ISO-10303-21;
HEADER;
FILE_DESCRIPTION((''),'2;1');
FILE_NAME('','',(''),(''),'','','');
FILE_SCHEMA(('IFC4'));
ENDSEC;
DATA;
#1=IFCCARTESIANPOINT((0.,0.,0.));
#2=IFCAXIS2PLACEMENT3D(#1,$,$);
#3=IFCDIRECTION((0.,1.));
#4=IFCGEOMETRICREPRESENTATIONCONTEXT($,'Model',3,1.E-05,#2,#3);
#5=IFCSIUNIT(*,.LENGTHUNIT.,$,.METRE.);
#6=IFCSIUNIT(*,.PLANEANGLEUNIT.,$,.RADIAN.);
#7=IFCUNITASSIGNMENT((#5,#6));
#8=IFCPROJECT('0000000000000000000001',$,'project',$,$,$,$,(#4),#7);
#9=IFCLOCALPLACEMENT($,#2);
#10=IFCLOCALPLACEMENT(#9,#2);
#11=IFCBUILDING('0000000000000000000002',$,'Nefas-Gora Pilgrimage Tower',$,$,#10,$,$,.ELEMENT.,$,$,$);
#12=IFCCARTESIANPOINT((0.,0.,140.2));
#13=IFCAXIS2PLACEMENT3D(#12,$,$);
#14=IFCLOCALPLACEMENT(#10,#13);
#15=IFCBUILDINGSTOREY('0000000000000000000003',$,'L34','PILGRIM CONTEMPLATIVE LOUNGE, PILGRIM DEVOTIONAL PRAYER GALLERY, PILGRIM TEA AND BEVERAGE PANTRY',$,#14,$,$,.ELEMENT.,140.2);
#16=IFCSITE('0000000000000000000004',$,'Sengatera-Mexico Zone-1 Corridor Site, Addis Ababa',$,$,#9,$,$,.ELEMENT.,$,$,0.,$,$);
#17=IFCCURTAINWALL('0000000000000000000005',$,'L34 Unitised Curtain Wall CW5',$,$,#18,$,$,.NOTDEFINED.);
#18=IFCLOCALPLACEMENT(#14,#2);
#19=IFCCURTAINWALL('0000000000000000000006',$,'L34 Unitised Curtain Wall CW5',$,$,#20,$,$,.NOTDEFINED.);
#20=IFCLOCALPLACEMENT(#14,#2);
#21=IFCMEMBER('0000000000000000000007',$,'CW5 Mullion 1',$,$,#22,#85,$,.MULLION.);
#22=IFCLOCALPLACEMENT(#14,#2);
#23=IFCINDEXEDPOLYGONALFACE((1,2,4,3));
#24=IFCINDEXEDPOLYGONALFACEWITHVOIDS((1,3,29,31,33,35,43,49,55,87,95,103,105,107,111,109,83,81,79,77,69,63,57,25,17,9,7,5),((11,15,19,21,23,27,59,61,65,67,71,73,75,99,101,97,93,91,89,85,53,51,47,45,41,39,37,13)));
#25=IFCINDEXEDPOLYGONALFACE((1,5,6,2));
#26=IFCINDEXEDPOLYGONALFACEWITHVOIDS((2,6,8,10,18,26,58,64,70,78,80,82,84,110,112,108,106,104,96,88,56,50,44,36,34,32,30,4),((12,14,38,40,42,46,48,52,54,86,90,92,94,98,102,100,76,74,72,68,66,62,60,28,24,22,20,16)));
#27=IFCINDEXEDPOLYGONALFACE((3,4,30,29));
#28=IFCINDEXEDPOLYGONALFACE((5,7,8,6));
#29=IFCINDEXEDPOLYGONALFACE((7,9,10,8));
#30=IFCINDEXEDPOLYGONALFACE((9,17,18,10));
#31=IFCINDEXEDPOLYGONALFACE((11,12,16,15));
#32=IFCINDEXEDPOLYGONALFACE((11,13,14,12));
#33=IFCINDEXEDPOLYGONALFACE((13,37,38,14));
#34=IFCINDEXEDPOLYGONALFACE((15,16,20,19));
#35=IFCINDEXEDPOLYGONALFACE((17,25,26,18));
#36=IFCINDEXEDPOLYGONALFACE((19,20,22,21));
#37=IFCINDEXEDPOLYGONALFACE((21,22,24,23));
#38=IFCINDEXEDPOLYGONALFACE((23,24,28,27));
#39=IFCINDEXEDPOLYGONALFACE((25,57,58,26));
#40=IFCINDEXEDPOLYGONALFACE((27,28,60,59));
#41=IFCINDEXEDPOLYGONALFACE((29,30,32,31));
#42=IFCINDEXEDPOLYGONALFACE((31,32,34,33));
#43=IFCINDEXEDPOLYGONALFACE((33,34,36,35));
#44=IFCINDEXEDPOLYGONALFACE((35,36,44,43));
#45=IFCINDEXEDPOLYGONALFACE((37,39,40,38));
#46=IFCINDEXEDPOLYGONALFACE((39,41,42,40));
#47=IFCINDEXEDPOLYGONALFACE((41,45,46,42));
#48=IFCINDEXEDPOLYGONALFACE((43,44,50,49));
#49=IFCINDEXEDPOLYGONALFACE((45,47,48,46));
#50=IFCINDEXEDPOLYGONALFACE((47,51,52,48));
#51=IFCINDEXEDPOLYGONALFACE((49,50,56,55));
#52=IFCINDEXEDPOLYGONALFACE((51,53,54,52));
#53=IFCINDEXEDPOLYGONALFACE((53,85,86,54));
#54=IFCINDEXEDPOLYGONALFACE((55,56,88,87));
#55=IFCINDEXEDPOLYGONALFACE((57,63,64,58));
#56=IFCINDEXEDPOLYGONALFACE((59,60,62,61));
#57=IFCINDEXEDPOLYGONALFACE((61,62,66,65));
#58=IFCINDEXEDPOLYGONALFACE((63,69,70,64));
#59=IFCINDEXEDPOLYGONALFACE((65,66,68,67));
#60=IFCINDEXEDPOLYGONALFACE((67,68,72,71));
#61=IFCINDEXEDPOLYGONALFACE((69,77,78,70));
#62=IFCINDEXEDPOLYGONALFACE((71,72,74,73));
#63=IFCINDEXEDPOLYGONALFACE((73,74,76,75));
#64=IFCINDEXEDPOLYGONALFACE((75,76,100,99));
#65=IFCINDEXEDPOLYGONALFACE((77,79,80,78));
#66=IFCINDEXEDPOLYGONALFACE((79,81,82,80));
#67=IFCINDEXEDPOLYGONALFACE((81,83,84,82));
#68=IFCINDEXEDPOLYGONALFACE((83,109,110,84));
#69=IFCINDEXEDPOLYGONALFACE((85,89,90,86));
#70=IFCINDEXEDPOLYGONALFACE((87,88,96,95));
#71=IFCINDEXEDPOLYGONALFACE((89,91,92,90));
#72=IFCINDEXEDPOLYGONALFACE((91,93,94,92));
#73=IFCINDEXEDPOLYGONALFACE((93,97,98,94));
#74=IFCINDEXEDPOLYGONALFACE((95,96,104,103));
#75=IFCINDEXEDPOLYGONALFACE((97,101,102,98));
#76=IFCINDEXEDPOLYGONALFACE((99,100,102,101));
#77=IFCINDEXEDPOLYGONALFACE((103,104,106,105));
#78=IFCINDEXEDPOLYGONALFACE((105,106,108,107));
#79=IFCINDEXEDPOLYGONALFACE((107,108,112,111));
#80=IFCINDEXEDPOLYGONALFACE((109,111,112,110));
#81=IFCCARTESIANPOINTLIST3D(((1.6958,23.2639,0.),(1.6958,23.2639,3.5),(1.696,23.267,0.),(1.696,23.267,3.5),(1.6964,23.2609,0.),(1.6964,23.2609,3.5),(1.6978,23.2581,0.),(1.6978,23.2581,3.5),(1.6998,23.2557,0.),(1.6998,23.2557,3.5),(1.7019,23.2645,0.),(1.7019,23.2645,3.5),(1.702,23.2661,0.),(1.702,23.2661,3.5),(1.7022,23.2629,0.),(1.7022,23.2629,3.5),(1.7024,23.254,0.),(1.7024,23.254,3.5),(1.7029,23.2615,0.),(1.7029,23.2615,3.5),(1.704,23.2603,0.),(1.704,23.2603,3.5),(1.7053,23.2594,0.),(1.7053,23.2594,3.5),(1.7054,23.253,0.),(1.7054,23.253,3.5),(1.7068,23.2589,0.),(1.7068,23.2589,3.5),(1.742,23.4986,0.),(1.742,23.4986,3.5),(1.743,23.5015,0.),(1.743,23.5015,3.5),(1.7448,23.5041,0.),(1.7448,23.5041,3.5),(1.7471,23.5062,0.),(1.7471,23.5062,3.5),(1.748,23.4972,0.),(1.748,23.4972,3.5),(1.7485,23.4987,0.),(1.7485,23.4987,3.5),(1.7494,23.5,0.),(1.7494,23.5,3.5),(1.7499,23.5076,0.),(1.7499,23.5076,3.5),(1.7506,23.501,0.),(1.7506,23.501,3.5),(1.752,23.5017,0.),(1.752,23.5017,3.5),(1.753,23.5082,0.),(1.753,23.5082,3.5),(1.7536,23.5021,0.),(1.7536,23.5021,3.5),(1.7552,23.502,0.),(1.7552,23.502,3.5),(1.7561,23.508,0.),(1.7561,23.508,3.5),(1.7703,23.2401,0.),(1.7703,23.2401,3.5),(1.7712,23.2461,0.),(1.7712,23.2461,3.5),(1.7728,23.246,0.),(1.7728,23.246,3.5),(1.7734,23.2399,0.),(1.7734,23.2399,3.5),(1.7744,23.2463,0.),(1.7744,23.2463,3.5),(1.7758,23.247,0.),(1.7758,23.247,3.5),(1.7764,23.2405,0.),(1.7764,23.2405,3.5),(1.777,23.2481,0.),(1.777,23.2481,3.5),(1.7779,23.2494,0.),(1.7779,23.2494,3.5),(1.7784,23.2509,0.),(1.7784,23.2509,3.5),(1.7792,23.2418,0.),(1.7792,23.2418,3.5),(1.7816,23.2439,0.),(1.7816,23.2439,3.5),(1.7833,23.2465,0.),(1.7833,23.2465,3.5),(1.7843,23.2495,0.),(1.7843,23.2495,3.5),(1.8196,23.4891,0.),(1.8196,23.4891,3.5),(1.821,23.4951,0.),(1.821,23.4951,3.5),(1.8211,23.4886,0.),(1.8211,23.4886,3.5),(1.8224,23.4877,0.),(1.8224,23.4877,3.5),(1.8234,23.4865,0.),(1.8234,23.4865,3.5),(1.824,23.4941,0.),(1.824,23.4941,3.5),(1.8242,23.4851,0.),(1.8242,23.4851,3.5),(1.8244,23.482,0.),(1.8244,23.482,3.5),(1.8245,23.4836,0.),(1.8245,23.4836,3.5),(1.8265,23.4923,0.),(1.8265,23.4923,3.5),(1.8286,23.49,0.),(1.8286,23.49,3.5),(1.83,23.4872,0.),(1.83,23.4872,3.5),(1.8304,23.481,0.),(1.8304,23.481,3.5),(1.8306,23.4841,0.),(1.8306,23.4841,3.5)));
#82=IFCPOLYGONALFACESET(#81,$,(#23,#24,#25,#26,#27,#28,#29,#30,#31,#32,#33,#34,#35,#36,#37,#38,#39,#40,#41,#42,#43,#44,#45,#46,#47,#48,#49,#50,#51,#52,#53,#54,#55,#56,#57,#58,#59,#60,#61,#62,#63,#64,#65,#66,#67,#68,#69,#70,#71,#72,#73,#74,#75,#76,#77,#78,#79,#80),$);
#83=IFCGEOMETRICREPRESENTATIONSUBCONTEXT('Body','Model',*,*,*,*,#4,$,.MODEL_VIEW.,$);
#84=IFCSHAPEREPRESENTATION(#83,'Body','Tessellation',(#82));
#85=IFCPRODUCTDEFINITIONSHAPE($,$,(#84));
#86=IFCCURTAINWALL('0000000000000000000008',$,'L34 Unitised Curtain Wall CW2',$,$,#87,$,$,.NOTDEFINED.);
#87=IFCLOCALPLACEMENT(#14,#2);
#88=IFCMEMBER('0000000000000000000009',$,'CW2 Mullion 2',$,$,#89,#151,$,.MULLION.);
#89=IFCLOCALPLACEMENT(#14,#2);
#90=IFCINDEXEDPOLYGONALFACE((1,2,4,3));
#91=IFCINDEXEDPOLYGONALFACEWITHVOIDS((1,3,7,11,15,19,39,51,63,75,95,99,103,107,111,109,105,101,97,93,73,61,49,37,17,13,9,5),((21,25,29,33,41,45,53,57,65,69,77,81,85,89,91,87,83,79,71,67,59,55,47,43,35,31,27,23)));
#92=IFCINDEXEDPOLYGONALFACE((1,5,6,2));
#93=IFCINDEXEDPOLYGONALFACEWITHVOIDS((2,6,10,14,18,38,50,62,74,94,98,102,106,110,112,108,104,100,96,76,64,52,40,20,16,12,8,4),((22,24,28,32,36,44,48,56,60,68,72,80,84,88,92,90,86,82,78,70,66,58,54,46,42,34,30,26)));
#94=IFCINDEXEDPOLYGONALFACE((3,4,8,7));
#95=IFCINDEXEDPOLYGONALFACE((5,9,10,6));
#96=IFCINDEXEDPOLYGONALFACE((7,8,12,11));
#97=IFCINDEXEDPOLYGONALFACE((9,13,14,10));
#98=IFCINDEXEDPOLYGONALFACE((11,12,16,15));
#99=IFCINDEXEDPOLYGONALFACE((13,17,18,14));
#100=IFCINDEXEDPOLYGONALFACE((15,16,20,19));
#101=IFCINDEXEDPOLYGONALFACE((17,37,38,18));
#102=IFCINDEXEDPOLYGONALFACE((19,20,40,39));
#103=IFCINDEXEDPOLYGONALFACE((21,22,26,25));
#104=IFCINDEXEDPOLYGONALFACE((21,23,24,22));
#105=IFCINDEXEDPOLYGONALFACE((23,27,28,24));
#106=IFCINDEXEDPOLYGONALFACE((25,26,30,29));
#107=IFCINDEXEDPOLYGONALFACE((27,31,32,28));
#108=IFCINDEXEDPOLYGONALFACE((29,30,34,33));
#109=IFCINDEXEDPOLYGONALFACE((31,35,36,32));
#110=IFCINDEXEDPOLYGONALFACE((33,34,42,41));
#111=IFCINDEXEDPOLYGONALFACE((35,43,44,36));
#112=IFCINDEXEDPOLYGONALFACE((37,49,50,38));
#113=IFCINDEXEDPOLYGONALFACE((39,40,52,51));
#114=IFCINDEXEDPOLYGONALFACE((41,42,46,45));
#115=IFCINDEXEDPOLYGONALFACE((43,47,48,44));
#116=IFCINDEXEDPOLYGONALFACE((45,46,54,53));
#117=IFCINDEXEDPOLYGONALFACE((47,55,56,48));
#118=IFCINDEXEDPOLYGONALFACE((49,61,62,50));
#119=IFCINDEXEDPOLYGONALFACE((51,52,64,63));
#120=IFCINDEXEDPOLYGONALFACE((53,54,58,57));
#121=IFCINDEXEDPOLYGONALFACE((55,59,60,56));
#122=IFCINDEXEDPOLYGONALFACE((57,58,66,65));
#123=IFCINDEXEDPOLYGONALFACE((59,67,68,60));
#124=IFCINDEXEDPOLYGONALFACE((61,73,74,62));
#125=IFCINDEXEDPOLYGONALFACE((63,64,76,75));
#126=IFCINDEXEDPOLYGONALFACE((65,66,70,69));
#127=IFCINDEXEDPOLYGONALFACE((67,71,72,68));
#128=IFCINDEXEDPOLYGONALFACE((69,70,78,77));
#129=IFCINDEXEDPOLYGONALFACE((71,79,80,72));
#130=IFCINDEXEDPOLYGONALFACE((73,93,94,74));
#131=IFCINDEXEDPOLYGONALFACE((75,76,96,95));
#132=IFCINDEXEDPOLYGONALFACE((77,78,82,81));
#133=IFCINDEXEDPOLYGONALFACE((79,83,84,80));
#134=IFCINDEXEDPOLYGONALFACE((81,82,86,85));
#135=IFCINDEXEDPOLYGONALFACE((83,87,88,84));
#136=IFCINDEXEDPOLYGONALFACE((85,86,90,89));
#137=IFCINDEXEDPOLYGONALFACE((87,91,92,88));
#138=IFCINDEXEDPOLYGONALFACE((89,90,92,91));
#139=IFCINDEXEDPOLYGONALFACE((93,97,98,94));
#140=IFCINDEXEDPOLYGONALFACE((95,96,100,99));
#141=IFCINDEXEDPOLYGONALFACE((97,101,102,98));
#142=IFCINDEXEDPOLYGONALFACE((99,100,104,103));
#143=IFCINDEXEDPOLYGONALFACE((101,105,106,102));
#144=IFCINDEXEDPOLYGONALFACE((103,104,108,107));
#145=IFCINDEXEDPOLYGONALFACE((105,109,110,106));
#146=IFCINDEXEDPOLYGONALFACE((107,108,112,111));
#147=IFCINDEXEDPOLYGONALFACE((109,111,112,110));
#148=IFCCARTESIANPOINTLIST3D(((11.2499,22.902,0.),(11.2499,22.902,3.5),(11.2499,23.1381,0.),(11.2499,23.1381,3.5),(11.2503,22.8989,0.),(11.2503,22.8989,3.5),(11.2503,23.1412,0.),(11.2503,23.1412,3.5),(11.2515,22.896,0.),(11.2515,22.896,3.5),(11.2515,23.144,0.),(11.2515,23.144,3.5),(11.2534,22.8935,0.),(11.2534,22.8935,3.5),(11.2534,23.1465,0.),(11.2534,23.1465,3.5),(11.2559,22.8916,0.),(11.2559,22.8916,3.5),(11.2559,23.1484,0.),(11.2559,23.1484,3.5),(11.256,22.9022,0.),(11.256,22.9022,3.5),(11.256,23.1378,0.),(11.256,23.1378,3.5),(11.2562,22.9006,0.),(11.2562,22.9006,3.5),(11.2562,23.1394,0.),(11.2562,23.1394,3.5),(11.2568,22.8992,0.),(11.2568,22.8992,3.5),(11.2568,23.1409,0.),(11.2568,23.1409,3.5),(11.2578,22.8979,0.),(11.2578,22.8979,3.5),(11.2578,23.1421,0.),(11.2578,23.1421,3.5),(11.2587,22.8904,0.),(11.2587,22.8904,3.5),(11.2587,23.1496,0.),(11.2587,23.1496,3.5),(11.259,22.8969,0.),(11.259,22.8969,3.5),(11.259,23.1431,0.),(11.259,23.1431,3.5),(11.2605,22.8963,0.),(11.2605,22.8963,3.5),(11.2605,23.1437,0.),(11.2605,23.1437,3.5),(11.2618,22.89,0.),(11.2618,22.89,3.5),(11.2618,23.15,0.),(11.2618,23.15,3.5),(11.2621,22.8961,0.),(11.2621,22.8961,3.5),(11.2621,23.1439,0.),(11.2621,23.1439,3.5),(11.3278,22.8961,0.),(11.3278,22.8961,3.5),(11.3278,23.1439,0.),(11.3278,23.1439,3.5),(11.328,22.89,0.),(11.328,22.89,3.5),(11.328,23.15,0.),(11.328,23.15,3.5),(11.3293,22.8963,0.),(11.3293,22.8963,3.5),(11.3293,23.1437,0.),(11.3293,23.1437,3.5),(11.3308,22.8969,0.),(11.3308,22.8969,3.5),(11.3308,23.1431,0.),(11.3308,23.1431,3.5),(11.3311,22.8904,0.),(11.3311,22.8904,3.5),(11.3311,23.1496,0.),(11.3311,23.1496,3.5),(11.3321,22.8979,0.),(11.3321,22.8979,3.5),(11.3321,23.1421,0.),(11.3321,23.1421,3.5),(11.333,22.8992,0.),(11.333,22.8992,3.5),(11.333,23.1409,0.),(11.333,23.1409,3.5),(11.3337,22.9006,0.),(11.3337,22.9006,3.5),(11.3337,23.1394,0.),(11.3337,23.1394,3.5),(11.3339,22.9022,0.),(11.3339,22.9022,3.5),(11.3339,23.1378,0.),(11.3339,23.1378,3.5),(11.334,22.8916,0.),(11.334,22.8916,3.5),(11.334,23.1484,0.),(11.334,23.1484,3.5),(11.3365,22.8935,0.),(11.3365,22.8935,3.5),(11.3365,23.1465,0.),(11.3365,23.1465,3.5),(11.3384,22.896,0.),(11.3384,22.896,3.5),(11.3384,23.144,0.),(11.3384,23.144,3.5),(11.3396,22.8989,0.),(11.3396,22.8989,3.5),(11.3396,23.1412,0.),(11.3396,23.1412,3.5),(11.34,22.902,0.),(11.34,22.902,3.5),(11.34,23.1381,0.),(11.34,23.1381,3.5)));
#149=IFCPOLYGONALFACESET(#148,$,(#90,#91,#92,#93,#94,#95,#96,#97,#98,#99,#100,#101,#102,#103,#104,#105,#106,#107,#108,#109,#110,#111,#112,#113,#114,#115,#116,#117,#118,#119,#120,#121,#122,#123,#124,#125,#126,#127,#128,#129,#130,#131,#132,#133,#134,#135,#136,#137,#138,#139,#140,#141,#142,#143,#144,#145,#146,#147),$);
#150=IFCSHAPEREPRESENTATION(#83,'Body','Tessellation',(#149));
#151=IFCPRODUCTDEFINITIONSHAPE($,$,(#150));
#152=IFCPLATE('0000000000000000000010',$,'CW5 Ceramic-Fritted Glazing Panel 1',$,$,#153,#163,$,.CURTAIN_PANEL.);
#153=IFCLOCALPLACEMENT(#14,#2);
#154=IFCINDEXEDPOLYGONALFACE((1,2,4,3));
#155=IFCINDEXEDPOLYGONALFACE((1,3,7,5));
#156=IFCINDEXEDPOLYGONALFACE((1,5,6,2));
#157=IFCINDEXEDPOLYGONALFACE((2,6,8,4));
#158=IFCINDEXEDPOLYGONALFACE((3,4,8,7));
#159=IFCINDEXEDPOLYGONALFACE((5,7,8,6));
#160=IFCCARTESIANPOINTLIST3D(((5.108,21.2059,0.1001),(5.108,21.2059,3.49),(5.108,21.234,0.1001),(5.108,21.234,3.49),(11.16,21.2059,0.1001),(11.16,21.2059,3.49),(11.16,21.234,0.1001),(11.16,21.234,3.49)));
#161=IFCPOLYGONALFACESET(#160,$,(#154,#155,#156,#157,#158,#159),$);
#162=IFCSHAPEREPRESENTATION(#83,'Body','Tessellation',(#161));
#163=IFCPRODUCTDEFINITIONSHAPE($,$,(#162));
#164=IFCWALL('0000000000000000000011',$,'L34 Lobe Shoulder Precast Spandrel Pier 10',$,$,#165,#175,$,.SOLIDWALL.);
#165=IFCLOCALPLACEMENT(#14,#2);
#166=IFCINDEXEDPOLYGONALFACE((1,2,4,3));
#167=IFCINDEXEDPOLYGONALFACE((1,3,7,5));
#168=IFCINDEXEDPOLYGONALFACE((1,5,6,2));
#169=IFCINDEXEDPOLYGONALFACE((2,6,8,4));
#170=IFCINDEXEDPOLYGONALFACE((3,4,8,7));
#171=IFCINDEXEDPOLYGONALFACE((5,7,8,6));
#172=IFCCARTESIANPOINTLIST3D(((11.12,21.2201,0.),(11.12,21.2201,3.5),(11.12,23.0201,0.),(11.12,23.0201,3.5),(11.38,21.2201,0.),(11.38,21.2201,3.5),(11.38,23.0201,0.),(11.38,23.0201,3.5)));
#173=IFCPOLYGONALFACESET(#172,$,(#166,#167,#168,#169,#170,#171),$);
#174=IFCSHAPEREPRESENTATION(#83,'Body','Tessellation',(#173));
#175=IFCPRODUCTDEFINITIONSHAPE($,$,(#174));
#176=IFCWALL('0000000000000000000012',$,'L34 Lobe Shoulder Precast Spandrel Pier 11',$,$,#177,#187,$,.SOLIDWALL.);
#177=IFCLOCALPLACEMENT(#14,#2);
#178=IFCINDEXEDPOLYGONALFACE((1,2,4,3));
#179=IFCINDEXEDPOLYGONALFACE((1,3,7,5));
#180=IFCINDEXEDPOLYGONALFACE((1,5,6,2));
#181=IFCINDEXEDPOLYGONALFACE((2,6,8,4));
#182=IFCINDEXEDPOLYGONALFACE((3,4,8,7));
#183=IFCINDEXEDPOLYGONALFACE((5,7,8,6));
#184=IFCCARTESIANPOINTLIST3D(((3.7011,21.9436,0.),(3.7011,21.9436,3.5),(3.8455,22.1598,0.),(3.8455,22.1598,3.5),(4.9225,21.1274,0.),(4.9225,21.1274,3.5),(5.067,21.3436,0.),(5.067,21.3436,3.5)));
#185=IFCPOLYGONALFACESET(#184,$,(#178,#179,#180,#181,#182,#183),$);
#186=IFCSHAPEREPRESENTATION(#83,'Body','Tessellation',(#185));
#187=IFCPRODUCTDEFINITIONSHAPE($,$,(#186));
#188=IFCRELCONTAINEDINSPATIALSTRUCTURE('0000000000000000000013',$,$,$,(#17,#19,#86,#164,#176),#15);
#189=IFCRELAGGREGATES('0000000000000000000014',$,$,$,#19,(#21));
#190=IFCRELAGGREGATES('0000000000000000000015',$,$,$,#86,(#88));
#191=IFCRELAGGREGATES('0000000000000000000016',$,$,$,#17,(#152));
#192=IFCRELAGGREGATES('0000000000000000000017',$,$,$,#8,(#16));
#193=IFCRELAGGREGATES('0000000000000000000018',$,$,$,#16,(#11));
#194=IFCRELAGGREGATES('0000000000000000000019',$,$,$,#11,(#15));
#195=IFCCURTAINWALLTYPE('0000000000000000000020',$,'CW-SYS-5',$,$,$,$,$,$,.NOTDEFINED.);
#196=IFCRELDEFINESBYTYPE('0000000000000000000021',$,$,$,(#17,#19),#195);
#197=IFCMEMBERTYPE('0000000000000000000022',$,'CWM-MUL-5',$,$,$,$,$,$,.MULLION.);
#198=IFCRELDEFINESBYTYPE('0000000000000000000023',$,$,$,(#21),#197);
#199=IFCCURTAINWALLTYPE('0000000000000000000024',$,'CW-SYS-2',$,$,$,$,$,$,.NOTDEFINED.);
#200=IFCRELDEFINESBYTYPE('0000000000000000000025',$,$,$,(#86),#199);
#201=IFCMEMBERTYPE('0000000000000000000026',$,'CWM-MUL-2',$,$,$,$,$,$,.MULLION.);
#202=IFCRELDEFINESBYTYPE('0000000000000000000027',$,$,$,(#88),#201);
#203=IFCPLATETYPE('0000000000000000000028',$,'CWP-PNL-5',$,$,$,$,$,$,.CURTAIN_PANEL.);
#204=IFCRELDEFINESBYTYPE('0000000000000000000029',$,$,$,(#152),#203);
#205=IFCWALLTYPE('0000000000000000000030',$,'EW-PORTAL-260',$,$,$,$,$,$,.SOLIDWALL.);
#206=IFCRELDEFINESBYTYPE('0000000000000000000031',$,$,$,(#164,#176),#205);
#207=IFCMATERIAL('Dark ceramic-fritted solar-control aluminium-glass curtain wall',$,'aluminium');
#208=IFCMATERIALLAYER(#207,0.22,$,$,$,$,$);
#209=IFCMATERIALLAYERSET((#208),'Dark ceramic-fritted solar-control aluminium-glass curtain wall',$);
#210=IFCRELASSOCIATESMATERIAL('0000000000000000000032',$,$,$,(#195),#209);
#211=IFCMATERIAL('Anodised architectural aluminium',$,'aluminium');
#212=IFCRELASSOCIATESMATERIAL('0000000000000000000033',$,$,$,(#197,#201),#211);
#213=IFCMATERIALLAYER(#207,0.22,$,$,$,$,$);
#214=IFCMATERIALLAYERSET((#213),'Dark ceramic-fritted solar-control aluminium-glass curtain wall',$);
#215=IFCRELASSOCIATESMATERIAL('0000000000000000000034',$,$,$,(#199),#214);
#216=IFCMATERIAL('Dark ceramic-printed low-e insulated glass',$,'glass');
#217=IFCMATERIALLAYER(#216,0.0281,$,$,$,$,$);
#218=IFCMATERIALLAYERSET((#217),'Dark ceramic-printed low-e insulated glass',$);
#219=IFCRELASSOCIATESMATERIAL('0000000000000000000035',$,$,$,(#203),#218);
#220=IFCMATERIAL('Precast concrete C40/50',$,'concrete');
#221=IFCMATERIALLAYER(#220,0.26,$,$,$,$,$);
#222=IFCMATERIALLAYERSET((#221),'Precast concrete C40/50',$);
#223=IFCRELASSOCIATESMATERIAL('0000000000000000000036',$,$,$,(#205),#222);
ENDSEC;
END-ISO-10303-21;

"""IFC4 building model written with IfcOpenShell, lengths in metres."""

from ifc_helpers import new_model, si_unit, direction, frame, frame_2d, origin, origin_2d, place, context, subcontext, project, spatial, rectangle, hollow_rectangle, extrude, source, transform, mapped, material, layer, layer_set, material_profile, profile_set, type_object, element, aggregate, save


model = new_model("IFC4")

# Units and contexts
model_context = context("Model", 3, precision=1e-05, world=origin(), true_north=direction((0.0, 1.0)))
body_context = subcontext(model_context, "Body", "Model", "MODEL_VIEW")
ifc_project = project(units=[si_unit("LENGTHUNIT", "METRE"), si_unit("PLANEANGLEUNIT", "RADIAN")], contexts=[model_context])

# Site, building, storey
site_placement = place(None, origin())
site = spatial("IfcSite", under=ifc_project, at=site_placement, Name="Sengatera-Mexico Zone-1 Corridor Site, Addis Ababa", CompositionType="ELEMENT", RefElevation=0.0)
building_placement = place(site_placement, origin())
building = spatial("IfcBuilding", under=site, at=building_placement, Name="Nefas-Gora Pilgrimage Tower", CompositionType="ELEMENT")
storey_placement = place(building_placement, frame((0.0, 0.0, 140.2)))
storey = spatial("IfcBuildingStorey", under=building, at=storey_placement, Name="L34", Description="PILGRIM CONTEMPLATIVE LOUNGE, PILGRIM DEVOTIONAL PRAYER GALLERY, PILGRIM TEA AND BEVERAGE PANTRY", CompositionType="ELEMENT", Elevation=140.2)

# Curtain walls
ifc_material_1 = material(Name="Dark ceramic-fritted solar-control aluminium-glass curtain wall", Category="aluminium")
ifc_layer_1 = layer(ifc_material_1, 0.22)
ifc_layer_set_1 = layer_set([ifc_layer_1], Name="Dark ceramic-fritted solar-control aluminium-glass curtain wall")
curtain_wall_type_1 = type_object("IfcCurtainWallType", Name="CW-SYS-5", PredefinedType="NOTDEFINED", material=ifc_layer_set_1)
curtain_wall_1_placement = place(storey_placement, origin())
curtain_wall_1 = element("IfcCurtainWall", 1, at=curtain_wall_1_placement, inside=storey, type_object=curtain_wall_type_1, Name="L34 Unitised Curtain Wall CW5", PredefinedType="NOTDEFINED")
ifc_material_2 = material(Name="Anodised architectural aluminium", Category="aluminium")
curtain_wall_2_placement = place(storey_placement, origin())
curtain_wall_2 = element("IfcCurtainWall", 2, at=curtain_wall_2_placement, inside=storey, type_object=curtain_wall_type_1, Name="L34 Unitised Curtain Wall CW5", PredefinedType="NOTDEFINED")

# Member
ifc_material_profile_1 = material_profile(ifc_material_2, hollow_rectangle(XDim=0.0901, YDim=0.26, WallThickness=0.0061, InnerFilletRadius=0.0061, OuterFilletRadius=0.012, at=origin_2d()), Name="ALU MULLION 90x260")
ifc_profile_set_1 = profile_set([ifc_material_profile_1], Name="Anodised architectural aluminium")
member_type_1 = type_object("IfcMemberType", Name="CWM-MUL-5", PredefinedType="MULLION", material=ifc_profile_set_1)
shared_shape_1 = source(origin(), body_context, "Body", "SweptSolid", [
    extrude(hollow_rectangle(XDim=0.0901, YDim=0.26, WallThickness=0.0061, InnerFilletRadius=0.0061, OuterFilletRadius=0.012, at=origin_2d()), origin(), (0.0, 0.0, 1.0), 3.5),
])
member_1_placement = place(storey_placement, frame((1.7632, 23.374, 0.0), z_axis=(0.0, 0.0, 1.0), x_axis=(-0.980783, 0.195102, 0.0)))
member_1 = element("IfcMember", 3, at=member_1_placement, type_object=member_type_1, Name="CW5 Mullion 1", PredefinedType="MULLION", context=body_context, shape_type="MappedRepresentation", body=[
    mapped(shared_shape_1, transform((0.0, 0.0, 0.0), x_axis=(1.0, 0.0, 0.0), y_axis=(0.0, 1.0, 0.0), z_axis=(0.0, 0.0, 1.0), scale=1.0)),
])
aggregate(curtain_wall_2, [member_1])

# Curtain wall, member
ifc_layer_2 = layer(ifc_material_1, 0.22)
ifc_layer_set_2 = layer_set([ifc_layer_2], Name="Dark ceramic-fritted solar-control aluminium-glass curtain wall")
curtain_wall_type_2 = type_object("IfcCurtainWallType", Name="CW-SYS-2", PredefinedType="NOTDEFINED", material=ifc_layer_set_2)
curtain_wall_3_placement = place(storey_placement, origin())
curtain_wall_3 = element("IfcCurtainWall", 4, at=curtain_wall_3_placement, inside=storey, type_object=curtain_wall_type_2, Name="L34 Unitised Curtain Wall CW2", PredefinedType="NOTDEFINED")
ifc_material_profile_2 = material_profile(ifc_material_2, hollow_rectangle(XDim=0.0901, YDim=0.26, WallThickness=0.0061, InnerFilletRadius=0.0061, OuterFilletRadius=0.012, at=origin_2d()), Name="ALU MULLION 90x260")
ifc_profile_set_2 = profile_set([ifc_material_profile_2], Name="Anodised architectural aluminium")
member_type_2 = type_object("IfcMemberType", Name="CWM-MUL-2", PredefinedType="MULLION", material=ifc_profile_set_2)
shared_shape_2 = source(origin(), body_context, "Body", "SweptSolid", [
    extrude(hollow_rectangle(XDim=0.0901, YDim=0.26, WallThickness=0.0061, InnerFilletRadius=0.0061, OuterFilletRadius=0.012, at=origin_2d()), origin(), (0.0, 0.0, 1.0), 3.5),
])
member_2_placement = place(storey_placement, frame((11.2949, 23.02, 0.0), z_axis=(0.0, 0.0, 1.0), x_axis=(-1.0, 0.0, 0.0)))
member_2 = element("IfcMember", 5, at=member_2_placement, type_object=member_type_2, Name="CW2 Mullion 2", PredefinedType="MULLION", context=body_context, shape_type="MappedRepresentation", body=[
    mapped(shared_shape_2, transform((0.0, 0.0, 0.0), x_axis=(1.0, 0.0, 0.0), y_axis=(0.0, 1.0, 0.0), z_axis=(0.0, 0.0, 1.0), scale=1.0)),
])
aggregate(curtain_wall_3, [member_2])

# Plate
ifc_material_3 = material(Name="Dark ceramic-printed low-e insulated glass", Category="glass")
ifc_layer_3 = layer(ifc_material_3, 0.0281)
ifc_layer_set_3 = layer_set([ifc_layer_3], Name="Dark ceramic-printed low-e insulated glass")
plate_type = type_object("IfcPlateType", Name="CWP-PNL-5", PredefinedType="CURTAIN_PANEL", material=ifc_layer_set_3)
shared_shape_3 = source(origin(), body_context, "Body", "SweptSolid", [
    extrude(rectangle(XDim=6.052, YDim=0.0281, at=origin_2d()), origin(), (0.0, 0.0, 1.0), 3.3899),
])
plate_placement = place(storey_placement, frame((8.134, 21.22, 0.1001), z_axis=(0.0, 0.0, 1.0), x_axis=(-1.0, 0.0, 0.0)))
plate = element("IfcPlate", 6, at=plate_placement, type_object=plate_type, Name="CW5 Ceramic-Fritted Glazing Panel 1", PredefinedType="CURTAIN_PANEL", context=body_context, shape_type="MappedRepresentation", body=[
    mapped(shared_shape_3, transform((0.0, 0.0, 0.0), x_axis=(1.0, 0.0, 0.0), y_axis=(0.0, 1.0, 0.0), z_axis=(0.0, 0.0, 1.0), scale=1.0)),
])
aggregate(curtain_wall_1, [plate])

# Walls
ifc_material_4 = material(Name="Precast concrete C40/50", Category="concrete")
ifc_layer_4 = layer(ifc_material_4, 0.26)
ifc_layer_set_4 = layer_set([ifc_layer_4], Name="Precast concrete C40/50")
wall_type_1 = type_object("IfcWallType", Name="EW-PORTAL-260", PredefinedType="SOLIDWALL", material=ifc_layer_set_4)
shared_shape_4 = source(origin(), body_context, "Body", "SweptSolid", [
    extrude(rectangle(XDim=1.8, YDim=0.26, at=frame_2d((0.8999, 0.0))), origin(), (0.0, 0.0, 1.0), 3.5),
])
wall_1_placement = place(storey_placement, frame((11.25, 23.02, 0.0), z_axis=(0.0, 0.0, 1.0), x_axis=(0.0, -1.0, 0.0)))
element("IfcWall", 7, at=wall_1_placement, inside=storey, type_object=wall_type_1, Name="L34 Lobe Shoulder Precast Spandrel Pier 10", PredefinedType="SOLIDWALL", context=body_context, shape_type="MappedRepresentation", body=[
    mapped(shared_shape_4, transform((0.0, 0.0, 0.0), x_axis=(1.0, 0.0, 0.0), y_axis=(0.0, 1.0, 0.0), z_axis=(0.0, 0.0, 1.0), scale=1.0)),
])
shared_shape_5 = source(origin(), body_context, "Body", "SweptSolid", [
    extrude(rectangle(XDim=1.469, YDim=0.26, at=frame_2d((0.7344, 0.0))), origin(), (0.0, 0.0, 1.0), 3.5),
])
wall_2_placement = place(storey_placement, frame((4.9946, 21.2356, 0.0), z_axis=(0.0, 0.0, 1.0), x_axis=(-0.831462, 0.555582, 0.0)))
element("IfcWall", 8, at=wall_2_placement, inside=storey, type_object=wall_type_1, Name="L34 Lobe Shoulder Precast Spandrel Pier 11", PredefinedType="SOLIDWALL", context=body_context, shape_type="MappedRepresentation", body=[
    mapped(shared_shape_5, transform((0.0, 0.0, 0.0), x_axis=(1.0, 0.0, 0.0), y_axis=(0.0, 1.0, 0.0), z_axis=(0.0, 0.0, 1.0), scale=1.0)),
])

save(model, "model.ifc")
